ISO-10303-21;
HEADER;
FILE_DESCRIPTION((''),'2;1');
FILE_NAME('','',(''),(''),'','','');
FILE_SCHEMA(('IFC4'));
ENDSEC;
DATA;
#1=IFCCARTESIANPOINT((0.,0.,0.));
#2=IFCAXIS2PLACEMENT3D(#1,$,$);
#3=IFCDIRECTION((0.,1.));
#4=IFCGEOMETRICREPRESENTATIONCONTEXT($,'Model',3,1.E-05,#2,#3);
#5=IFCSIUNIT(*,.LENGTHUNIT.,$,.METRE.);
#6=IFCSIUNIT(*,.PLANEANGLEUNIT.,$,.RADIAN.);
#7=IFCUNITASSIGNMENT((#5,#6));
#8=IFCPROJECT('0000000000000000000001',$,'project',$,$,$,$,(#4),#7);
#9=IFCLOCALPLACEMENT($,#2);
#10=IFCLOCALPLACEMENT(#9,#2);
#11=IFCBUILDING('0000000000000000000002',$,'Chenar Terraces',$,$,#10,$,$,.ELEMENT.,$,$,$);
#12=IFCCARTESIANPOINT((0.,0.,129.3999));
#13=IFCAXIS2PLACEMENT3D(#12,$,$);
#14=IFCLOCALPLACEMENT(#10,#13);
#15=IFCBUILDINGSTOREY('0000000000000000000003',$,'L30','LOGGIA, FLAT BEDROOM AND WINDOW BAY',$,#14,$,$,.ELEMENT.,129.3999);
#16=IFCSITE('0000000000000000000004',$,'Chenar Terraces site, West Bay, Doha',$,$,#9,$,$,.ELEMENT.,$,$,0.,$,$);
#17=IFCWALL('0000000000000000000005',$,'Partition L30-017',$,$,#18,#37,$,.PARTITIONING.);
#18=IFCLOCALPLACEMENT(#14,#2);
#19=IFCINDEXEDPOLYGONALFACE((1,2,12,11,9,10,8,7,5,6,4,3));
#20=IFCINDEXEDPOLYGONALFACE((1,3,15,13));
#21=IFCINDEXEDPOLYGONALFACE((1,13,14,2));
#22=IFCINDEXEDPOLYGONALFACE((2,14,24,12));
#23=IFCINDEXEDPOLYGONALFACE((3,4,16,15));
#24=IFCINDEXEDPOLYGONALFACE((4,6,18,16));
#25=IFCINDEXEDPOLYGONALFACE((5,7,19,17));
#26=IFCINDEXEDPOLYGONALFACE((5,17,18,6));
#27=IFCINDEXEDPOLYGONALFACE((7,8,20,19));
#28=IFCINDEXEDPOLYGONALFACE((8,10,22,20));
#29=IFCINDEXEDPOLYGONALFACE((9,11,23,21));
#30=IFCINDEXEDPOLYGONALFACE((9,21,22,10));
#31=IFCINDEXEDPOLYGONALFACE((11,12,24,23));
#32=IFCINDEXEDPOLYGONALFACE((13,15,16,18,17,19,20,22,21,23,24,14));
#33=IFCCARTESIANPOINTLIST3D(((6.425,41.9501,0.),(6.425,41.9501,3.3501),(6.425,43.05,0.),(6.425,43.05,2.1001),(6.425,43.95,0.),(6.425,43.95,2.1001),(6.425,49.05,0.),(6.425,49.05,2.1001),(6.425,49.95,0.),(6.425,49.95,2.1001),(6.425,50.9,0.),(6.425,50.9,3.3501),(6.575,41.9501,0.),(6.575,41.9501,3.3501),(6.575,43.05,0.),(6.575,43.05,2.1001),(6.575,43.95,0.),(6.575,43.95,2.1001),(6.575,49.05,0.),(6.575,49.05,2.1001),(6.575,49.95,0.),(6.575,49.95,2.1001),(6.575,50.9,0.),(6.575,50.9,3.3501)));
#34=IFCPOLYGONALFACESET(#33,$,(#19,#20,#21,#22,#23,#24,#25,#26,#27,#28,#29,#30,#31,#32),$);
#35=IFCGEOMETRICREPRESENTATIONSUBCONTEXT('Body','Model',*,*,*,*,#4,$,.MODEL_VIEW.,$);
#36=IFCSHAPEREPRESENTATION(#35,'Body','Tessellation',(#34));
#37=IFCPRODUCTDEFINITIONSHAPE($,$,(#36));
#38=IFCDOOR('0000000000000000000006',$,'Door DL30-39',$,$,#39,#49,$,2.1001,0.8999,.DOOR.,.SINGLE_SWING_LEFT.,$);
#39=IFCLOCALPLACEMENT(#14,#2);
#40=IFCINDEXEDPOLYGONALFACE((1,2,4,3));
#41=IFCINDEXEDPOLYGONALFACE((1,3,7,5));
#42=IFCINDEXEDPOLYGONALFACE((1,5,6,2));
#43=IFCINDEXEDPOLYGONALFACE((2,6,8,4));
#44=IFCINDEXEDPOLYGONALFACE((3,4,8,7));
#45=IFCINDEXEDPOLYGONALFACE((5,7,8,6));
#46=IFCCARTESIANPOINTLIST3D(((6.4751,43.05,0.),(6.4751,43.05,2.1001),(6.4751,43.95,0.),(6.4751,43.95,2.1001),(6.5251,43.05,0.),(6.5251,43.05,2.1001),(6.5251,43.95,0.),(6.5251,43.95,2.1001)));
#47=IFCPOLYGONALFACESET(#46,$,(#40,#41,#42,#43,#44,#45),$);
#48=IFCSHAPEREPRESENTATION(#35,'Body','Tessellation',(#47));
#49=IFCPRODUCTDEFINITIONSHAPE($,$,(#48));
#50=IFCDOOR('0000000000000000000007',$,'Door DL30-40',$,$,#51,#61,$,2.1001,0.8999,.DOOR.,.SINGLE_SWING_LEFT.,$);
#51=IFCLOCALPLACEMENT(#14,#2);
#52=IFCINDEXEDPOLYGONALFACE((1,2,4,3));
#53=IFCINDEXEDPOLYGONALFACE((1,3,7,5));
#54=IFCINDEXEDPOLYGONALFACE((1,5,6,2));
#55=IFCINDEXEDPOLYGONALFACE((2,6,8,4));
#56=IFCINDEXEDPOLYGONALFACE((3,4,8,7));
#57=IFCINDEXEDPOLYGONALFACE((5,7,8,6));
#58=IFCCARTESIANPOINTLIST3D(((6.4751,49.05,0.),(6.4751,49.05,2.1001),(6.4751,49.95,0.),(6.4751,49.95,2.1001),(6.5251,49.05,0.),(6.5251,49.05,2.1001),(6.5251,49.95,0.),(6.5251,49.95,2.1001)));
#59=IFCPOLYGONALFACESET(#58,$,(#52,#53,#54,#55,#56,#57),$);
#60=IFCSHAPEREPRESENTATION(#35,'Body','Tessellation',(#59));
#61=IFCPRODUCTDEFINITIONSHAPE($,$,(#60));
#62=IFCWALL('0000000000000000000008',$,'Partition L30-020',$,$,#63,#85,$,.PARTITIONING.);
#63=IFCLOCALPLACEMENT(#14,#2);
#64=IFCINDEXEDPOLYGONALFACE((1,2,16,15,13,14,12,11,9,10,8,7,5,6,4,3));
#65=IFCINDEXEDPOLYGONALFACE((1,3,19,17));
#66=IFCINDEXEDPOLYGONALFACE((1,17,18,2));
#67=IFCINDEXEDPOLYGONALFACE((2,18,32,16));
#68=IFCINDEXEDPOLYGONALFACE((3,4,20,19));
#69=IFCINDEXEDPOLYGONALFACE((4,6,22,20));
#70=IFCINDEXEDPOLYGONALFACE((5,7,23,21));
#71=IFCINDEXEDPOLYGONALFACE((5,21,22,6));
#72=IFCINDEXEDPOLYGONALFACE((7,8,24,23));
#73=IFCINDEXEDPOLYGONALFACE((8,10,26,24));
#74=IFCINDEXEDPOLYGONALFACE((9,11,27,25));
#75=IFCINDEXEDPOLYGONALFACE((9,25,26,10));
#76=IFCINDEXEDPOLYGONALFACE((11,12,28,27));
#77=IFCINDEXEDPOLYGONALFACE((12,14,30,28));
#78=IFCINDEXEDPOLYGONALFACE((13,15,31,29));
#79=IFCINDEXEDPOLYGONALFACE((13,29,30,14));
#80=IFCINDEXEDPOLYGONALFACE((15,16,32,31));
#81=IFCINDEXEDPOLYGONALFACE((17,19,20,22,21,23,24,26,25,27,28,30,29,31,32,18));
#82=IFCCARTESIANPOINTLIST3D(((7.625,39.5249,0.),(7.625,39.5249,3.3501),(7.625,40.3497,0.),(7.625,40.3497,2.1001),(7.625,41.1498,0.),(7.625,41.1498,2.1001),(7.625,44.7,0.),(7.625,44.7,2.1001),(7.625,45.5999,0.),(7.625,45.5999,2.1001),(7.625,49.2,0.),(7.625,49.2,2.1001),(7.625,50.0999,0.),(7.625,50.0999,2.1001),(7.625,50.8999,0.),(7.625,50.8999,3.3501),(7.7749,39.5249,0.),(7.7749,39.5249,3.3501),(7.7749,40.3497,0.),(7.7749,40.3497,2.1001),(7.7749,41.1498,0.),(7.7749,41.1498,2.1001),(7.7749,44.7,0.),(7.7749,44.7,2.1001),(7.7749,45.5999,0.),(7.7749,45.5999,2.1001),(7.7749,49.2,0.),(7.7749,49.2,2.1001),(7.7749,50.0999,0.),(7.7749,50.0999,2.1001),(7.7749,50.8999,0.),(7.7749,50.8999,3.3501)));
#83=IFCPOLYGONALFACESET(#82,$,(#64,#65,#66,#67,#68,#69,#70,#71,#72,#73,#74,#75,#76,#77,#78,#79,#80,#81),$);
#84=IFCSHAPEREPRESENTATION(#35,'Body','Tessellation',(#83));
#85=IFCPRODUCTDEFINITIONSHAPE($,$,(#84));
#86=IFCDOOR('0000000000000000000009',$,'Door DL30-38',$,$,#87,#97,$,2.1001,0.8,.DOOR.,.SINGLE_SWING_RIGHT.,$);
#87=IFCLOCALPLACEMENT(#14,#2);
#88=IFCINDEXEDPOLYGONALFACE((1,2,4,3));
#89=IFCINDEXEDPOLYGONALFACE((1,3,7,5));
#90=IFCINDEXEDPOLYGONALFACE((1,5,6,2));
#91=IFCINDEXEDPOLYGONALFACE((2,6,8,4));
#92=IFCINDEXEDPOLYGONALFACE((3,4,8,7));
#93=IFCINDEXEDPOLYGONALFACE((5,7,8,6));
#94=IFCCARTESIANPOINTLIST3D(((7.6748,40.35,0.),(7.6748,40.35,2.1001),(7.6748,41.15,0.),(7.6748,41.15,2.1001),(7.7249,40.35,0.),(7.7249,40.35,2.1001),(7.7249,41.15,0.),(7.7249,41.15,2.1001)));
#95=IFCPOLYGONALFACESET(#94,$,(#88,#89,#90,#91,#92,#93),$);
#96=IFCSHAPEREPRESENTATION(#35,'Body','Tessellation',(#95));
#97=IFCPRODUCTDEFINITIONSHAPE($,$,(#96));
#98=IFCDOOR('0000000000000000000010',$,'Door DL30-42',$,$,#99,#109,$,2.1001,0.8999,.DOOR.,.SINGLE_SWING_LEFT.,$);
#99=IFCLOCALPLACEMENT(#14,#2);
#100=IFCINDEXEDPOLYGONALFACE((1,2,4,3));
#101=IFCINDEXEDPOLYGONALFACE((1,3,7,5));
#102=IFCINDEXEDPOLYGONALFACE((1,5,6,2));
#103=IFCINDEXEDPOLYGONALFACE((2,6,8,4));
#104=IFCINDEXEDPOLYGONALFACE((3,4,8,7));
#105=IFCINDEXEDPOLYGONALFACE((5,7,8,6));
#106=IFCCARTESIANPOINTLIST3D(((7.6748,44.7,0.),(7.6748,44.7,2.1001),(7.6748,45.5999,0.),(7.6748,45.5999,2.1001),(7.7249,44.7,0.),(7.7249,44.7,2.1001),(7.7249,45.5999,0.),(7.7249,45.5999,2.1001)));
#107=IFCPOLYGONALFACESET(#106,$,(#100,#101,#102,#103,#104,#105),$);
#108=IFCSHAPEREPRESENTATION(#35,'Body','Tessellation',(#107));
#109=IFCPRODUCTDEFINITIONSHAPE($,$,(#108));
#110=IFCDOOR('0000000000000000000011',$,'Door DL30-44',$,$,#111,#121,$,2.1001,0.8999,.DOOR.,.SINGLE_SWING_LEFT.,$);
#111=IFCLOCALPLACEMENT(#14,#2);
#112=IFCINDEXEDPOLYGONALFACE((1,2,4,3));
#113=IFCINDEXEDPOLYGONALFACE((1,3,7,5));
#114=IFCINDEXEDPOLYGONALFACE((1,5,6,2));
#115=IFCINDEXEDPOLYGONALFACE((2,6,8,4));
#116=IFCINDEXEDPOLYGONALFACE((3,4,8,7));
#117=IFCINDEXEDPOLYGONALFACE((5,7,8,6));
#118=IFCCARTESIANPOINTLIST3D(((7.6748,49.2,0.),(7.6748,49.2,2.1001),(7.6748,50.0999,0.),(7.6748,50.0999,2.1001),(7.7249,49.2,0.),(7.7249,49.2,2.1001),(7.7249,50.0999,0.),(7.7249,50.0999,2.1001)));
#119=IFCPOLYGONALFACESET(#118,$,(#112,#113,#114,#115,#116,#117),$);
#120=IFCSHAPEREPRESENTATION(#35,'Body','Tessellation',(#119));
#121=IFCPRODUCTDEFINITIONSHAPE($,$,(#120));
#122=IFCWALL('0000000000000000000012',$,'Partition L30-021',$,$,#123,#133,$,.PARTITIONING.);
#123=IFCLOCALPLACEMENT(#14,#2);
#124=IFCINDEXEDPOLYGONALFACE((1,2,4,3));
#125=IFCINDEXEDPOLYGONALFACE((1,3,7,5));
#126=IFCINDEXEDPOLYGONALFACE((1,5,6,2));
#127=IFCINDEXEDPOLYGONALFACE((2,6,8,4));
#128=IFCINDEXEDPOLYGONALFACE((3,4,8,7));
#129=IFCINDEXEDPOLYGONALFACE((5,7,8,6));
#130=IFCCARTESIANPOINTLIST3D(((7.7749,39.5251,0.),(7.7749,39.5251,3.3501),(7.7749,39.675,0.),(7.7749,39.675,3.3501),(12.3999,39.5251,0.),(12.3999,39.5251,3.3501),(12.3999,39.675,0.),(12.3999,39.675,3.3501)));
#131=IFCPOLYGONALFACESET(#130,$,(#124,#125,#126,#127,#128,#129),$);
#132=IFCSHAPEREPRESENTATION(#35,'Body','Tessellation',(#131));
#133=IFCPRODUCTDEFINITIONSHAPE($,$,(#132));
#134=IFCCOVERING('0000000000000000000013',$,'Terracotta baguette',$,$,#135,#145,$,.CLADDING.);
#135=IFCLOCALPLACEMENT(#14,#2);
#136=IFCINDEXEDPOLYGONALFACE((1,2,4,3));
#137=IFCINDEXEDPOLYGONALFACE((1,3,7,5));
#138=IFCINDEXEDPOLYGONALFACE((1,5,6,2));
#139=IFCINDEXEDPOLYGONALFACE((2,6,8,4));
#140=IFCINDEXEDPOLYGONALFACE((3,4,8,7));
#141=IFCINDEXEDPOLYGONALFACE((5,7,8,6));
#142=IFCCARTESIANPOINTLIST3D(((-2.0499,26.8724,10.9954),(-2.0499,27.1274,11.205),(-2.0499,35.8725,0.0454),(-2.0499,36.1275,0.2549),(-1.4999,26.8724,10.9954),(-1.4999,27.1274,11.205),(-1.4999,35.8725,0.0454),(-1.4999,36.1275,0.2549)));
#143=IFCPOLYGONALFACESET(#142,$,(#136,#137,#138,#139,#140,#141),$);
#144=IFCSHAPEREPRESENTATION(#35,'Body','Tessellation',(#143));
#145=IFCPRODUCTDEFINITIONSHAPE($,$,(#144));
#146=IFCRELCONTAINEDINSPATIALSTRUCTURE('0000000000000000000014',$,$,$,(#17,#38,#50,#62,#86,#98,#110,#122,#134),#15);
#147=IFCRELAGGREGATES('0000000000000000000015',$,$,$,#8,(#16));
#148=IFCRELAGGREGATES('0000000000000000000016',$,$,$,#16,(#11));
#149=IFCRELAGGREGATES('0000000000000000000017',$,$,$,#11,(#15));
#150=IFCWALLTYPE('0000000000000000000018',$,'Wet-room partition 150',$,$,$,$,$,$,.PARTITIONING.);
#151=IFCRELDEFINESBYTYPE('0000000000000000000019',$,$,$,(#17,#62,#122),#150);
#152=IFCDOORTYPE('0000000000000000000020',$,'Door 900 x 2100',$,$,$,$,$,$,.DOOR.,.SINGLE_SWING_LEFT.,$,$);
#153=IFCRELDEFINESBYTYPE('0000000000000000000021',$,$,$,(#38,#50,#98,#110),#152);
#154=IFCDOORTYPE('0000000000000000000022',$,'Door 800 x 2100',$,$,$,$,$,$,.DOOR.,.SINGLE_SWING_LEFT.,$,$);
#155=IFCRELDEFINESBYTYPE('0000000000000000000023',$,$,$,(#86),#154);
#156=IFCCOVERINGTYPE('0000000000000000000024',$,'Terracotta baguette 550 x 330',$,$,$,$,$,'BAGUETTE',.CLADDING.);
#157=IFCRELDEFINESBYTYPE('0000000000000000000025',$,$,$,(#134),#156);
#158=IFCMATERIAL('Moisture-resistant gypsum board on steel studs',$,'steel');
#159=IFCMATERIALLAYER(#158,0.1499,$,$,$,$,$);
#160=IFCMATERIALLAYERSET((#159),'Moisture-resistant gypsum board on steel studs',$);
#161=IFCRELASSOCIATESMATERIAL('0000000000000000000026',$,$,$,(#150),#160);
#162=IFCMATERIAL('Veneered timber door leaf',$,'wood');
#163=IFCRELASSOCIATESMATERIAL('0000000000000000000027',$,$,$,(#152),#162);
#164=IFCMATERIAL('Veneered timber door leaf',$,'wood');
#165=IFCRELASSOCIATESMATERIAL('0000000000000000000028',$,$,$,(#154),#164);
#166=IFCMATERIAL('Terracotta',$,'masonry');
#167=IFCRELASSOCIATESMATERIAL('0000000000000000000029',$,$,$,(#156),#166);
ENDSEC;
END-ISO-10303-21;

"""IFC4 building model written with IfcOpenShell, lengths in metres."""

from ifc_helpers import new_model, si_unit, direction, frame, frame_2d, origin, origin_2d, place, context, subcontext, project, spatial, rectangle, extrude, material, layer, layer_set, material_profile, profile_set, type_object, element, fill, save


model = new_model("IFC4")

# Units and contexts
model_context = context("Model", 3, precision=1e-05, world=origin(), true_north=direction((0.0, 1.0)))
body_context = subcontext(model_context, "Body", "Model", "MODEL_VIEW")
ifc_project = project(units=[si_unit("LENGTHUNIT", "METRE"), si_unit("PLANEANGLEUNIT", "RADIAN")], contexts=[model_context])

# Site, building, storey
site_placement = place(None, origin())
site = spatial("IfcSite", under=ifc_project, at=site_placement, Name="Chenar Terraces site, West Bay, Doha", CompositionType="ELEMENT", RefElevation=0.0)
building_placement = place(site_placement, origin())
building = spatial("IfcBuilding", under=site, at=building_placement, Name="Chenar Terraces", CompositionType="ELEMENT")
storey_placement = place(building_placement, frame((0.0, 0.0, 129.3999)))
storey = spatial("IfcBuildingStorey", under=building, at=storey_placement, Name="L30", Description="LOGGIA, FLAT BEDROOM AND WINDOW BAY", CompositionType="ELEMENT", Elevation=129.3999)

# Walls, openings, doors
ifc_material_1 = material(Name="Moisture-resistant gypsum board on steel studs", Category="steel")
ifc_layer_1 = layer(ifc_material_1, 0.1499)
ifc_layer_set_1 = layer_set([ifc_layer_1], Name="Moisture-resistant gypsum board on steel studs")
wall_type_1 = type_object("IfcWallType", Name="Wet-room partition 150", PredefinedType="PARTITIONING", material=ifc_layer_set_1)
wall_1_placement = place(storey_placement, frame((6.5, 41.95, 0.0), z_axis=(0.0, 0.0, 1.0), x_axis=(0.0, 1.0, 0.0)))
wall_1 = element("IfcWall", 1, at=wall_1_placement, inside=storey, type_object=wall_type_1, Name="Partition L30-017", PredefinedType="PARTITIONING", context=body_context, shape_type="SweptSolid", body=[
    extrude(rectangle(XDim=8.95, YDim=0.1499, at=frame_2d((4.4751, 0.0))), origin(), (0.0, 0.0, 1.0), 3.3501),
])
opening_1_placement = place(wall_1_placement, frame((1.1001, 0.0, 0.0)))
opening_1 = element("IfcOpeningElement", 2, at=opening_1_placement, cuts=wall_1, PredefinedType="OPENING", context=body_context, shape_type="SweptSolid", body=[
    extrude(rectangle(XDim=0.8999, YDim=2.1001, at=frame_2d((0.45, 1.05))), frame((0.0, 0.085, 0.0), z_axis=(0.0, -1.0, 0.0), x_axis=(1.0, 0.0, 0.0)), (0.0, 0.0, 1.0), 0.1699),
])
opening_2_placement = place(wall_1_placement, frame((7.1001, 0.0, 0.0)))
opening_2 = element("IfcOpeningElement", 3, at=opening_2_placement, cuts=wall_1, PredefinedType="OPENING", context=body_context, shape_type="SweptSolid", body=[
    extrude(rectangle(XDim=0.8999, YDim=2.1001, at=frame_2d((0.45, 1.05))), frame((0.0, 0.085, 0.0), z_axis=(0.0, -1.0, 0.0), x_axis=(1.0, 0.0, 0.0)), (0.0, 0.0, 1.0), 0.1699),
])
ifc_material_2 = material(Name="Veneered timber door leaf", Category="wood")
door_type_1 = type_object("IfcDoorType", Name="Door 900 x 2100", OperationType="SINGLE_SWING_LEFT", PredefinedType="DOOR", material=ifc_material_2)
door_1_placement = place(opening_1_placement, origin())
door_1 = element("IfcDoor", 4, at=door_1_placement, inside=storey, type_object=door_type_1, Name="Door DL30-39", OperationType="SINGLE_SWING_LEFT", OverallHeight=2.1001, OverallWidth=0.8999, PredefinedType="DOOR", context=body_context, shape_type="SweptSolid", body=[
    extrude(rectangle(XDim=0.8999, YDim=2.1001, at=frame_2d((0.45, 1.05))), frame((0.0, 0.0249, 0.0), z_axis=(0.0, -1.0, 0.0), x_axis=(1.0, 0.0, 0.0)), (0.0, 0.0, 1.0), 0.05),
])
fill(opening_1, door_1)
door_2_placement = place(opening_2_placement, origin())
door_2 = element("IfcDoor", 5, at=door_2_placement, inside=storey, type_object=door_type_1, Name="Door DL30-40", OperationType="SINGLE_SWING_LEFT", OverallHeight=2.1001, OverallWidth=0.8999, PredefinedType="DOOR", context=body_context, shape_type="SweptSolid", body=[
    extrude(rectangle(XDim=0.8999, YDim=2.1001, at=frame_2d((0.45, 1.05))), frame((0.0, 0.0249, 0.0), z_axis=(0.0, -1.0, 0.0), x_axis=(1.0, 0.0, 0.0)), (0.0, 0.0, 1.0), 0.05),
])
fill(opening_2, door_2)
wall_2_placement = place(storey_placement, frame((7.7, 39.5249, 0.0), z_axis=(0.0, 0.0, 1.0), x_axis=(0.0, 1.0, 0.0)))
wall_2 = element("IfcWall", 6, at=wall_2_placement, inside=storey, type_object=wall_type_1, Name="Partition L30-020", PredefinedType="PARTITIONING", context=body_context, shape_type="SweptSolid", body=[
    extrude(rectangle(XDim=11.375, YDim=0.1499, at=frame_2d((5.6875, 0.0))), origin(), (0.0, 0.0, 1.0), 3.3501),
])
opening_3_placement = place(wall_2_placement, frame((0.825, 0.0, 0.0)))
opening_3 = element("IfcOpeningElement", 7, at=opening_3_placement, cuts=wall_2, PredefinedType="OPENING", context=body_context, shape_type="SweptSolid", body=[
    extrude(rectangle(XDim=0.8, YDim=2.1001, at=frame_2d((0.3999, 1.05))), frame((0.0, 0.085, 0.0), z_axis=(0.0, -1.0, 0.0), x_axis=(1.0, 0.0, 0.0)), (0.0, 0.0, 1.0), 0.1699),
])
opening_4_placement = place(wall_2_placement, frame((5.175, 0.0, 0.0)))
opening_4 = element("IfcOpeningElement", 8, at=opening_4_placement, cuts=wall_2, PredefinedType="OPENING", context=body_context, shape_type="SweptSolid", body=[
    extrude(rectangle(XDim=0.8999, YDim=2.1001, at=frame_2d((0.45, 1.05))), frame((0.0, 0.085, 0.0), z_axis=(0.0, -1.0, 0.0), x_axis=(1.0, 0.0, 0.0)), (0.0, 0.0, 1.0), 0.1699),
])
opening_5_placement = place(wall_2_placement, frame((9.675, 0.0, 0.0)))
opening_5 = element("IfcOpeningElement", 9, at=opening_5_placement, cuts=wall_2, PredefinedType="OPENING", context=body_context, shape_type="SweptSolid", body=[
    extrude(rectangle(XDim=0.8999, YDim=2.1001, at=frame_2d((0.45, 1.05))), frame((0.0, 0.085, 0.0), z_axis=(0.0, -1.0, 0.0), x_axis=(1.0, 0.0, 0.0)), (0.0, 0.0, 1.0), 0.1699),
])
ifc_material_3 = material(Name="Veneered timber door leaf", Category="wood")
door_type_2 = type_object("IfcDoorType", Name="Door 800 x 2100", OperationType="SINGLE_SWING_LEFT", PredefinedType="DOOR", material=ifc_material_3)
door_3_placement = place(opening_3_placement, frame((0.8, 0.0, 0.0), z_axis=(0.0, 0.0, 1.0), x_axis=(-1.0, 0.0, 0.0)))
door_3 = element("IfcDoor", 10, at=door_3_placement, inside=storey, type_object=door_type_2, Name="Door DL30-38", OperationType="SINGLE_SWING_RIGHT", OverallHeight=2.1001, OverallWidth=0.8, PredefinedType="DOOR", context=body_context, shape_type="SweptSolid", body=[
    extrude(rectangle(XDim=0.8, YDim=2.1001, at=frame_2d((0.3999, 1.05))), frame((0.0, 0.0249, 0.0), z_axis=(0.0, -1.0, 0.0), x_axis=(1.0, 0.0, 0.0)), (0.0, 0.0, 1.0), 0.05),
])
fill(opening_3, door_3)
door_4_placement = place(opening_4_placement, frame((0.8999, 0.0, 0.0), z_axis=(0.0, 0.0, 1.0), x_axis=(-1.0, 0.0, 0.0)))
door_4 = element("IfcDoor", 11, at=door_4_placement, inside=storey, type_object=door_type_1, Name="Door DL30-42", OperationType="SINGLE_SWING_LEFT", OverallHeight=2.1001, OverallWidth=0.8999, PredefinedType="DOOR", context=body_context, shape_type="SweptSolid", body=[
    extrude(rectangle(XDim=0.8999, YDim=2.1001, at=frame_2d((0.45, 1.05))), frame((0.0, 0.0249, 0.0), z_axis=(0.0, -1.0, 0.0), x_axis=(1.0, 0.0, 0.0)), (0.0, 0.0, 1.0), 0.05),
])
fill(opening_4, door_4)
door_5_placement = place(opening_5_placement, frame((0.8999, 0.0, 0.0), z_axis=(0.0, 0.0, 1.0), x_axis=(-1.0, 0.0, 0.0)))
door_5 = element("IfcDoor", 12, at=door_5_placement, inside=storey, type_object=door_type_1, Name="Door DL30-44", OperationType="SINGLE_SWING_LEFT", OverallHeight=2.1001, OverallWidth=0.8999, PredefinedType="DOOR", context=body_context, shape_type="SweptSolid", body=[
    extrude(rectangle(XDim=0.8999, YDim=2.1001, at=frame_2d((0.45, 1.05))), frame((0.0, 0.0249, 0.0), z_axis=(0.0, -1.0, 0.0), x_axis=(1.0, 0.0, 0.0)), (0.0, 0.0, 1.0), 0.05),
])
fill(opening_5, door_5)

# Wall
wall_3_placement = place(storey_placement, frame((7.7749, 39.6001, 0.0), z_axis=(0.0, 0.0, 1.0), x_axis=(1.0, 0.0, 0.0)))
element("IfcWall", 13, at=wall_3_placement, inside=storey, type_object=wall_type_1, Name="Partition L30-021", PredefinedType="PARTITIONING", context=body_context, shape_type="SweptSolid", body=[
    extrude(rectangle(XDim=4.625, YDim=0.1499, at=frame_2d((2.3125, 0.0))), origin(), (0.0, 0.0, 1.0), 3.3501),
])

# Covering
ifc_material_4 = material(Name="Terracotta", Category="masonry")
ifc_material_profile_1 = material_profile(ifc_material_4, rectangle(XDim=0.55, YDim=0.3301, at=origin_2d()), Name="Terracotta baguette 550 x 330")
ifc_profile_set_1 = profile_set([ifc_material_profile_1], Name="Terracotta")
covering_type = type_object("IfcCoveringType", Name="Terracotta baguette 550 x 330", ElementType="BAGUETTE", PredefinedType="CLADDING", material=ifc_profile_set_1)
covering_placement = place(storey_placement, frame((-1.7749, 36.0, 0.1501), z_axis=(0.0, -0.634967, 0.772539), x_axis=(1.0, 0.0, 0.0)))
element("IfcCovering", 14, at=covering_placement, inside=storey, type_object=covering_type, Name="Terracotta baguette", PredefinedType="CLADDING", context=body_context, shape_type="SweptSolid", body=[
    extrude(rectangle(XDim=0.55, YDim=0.3301, at=origin_2d()), origin(), (0.0, 0.0, 1.0), 14.1741),
])

save(model, "model.ifc")
